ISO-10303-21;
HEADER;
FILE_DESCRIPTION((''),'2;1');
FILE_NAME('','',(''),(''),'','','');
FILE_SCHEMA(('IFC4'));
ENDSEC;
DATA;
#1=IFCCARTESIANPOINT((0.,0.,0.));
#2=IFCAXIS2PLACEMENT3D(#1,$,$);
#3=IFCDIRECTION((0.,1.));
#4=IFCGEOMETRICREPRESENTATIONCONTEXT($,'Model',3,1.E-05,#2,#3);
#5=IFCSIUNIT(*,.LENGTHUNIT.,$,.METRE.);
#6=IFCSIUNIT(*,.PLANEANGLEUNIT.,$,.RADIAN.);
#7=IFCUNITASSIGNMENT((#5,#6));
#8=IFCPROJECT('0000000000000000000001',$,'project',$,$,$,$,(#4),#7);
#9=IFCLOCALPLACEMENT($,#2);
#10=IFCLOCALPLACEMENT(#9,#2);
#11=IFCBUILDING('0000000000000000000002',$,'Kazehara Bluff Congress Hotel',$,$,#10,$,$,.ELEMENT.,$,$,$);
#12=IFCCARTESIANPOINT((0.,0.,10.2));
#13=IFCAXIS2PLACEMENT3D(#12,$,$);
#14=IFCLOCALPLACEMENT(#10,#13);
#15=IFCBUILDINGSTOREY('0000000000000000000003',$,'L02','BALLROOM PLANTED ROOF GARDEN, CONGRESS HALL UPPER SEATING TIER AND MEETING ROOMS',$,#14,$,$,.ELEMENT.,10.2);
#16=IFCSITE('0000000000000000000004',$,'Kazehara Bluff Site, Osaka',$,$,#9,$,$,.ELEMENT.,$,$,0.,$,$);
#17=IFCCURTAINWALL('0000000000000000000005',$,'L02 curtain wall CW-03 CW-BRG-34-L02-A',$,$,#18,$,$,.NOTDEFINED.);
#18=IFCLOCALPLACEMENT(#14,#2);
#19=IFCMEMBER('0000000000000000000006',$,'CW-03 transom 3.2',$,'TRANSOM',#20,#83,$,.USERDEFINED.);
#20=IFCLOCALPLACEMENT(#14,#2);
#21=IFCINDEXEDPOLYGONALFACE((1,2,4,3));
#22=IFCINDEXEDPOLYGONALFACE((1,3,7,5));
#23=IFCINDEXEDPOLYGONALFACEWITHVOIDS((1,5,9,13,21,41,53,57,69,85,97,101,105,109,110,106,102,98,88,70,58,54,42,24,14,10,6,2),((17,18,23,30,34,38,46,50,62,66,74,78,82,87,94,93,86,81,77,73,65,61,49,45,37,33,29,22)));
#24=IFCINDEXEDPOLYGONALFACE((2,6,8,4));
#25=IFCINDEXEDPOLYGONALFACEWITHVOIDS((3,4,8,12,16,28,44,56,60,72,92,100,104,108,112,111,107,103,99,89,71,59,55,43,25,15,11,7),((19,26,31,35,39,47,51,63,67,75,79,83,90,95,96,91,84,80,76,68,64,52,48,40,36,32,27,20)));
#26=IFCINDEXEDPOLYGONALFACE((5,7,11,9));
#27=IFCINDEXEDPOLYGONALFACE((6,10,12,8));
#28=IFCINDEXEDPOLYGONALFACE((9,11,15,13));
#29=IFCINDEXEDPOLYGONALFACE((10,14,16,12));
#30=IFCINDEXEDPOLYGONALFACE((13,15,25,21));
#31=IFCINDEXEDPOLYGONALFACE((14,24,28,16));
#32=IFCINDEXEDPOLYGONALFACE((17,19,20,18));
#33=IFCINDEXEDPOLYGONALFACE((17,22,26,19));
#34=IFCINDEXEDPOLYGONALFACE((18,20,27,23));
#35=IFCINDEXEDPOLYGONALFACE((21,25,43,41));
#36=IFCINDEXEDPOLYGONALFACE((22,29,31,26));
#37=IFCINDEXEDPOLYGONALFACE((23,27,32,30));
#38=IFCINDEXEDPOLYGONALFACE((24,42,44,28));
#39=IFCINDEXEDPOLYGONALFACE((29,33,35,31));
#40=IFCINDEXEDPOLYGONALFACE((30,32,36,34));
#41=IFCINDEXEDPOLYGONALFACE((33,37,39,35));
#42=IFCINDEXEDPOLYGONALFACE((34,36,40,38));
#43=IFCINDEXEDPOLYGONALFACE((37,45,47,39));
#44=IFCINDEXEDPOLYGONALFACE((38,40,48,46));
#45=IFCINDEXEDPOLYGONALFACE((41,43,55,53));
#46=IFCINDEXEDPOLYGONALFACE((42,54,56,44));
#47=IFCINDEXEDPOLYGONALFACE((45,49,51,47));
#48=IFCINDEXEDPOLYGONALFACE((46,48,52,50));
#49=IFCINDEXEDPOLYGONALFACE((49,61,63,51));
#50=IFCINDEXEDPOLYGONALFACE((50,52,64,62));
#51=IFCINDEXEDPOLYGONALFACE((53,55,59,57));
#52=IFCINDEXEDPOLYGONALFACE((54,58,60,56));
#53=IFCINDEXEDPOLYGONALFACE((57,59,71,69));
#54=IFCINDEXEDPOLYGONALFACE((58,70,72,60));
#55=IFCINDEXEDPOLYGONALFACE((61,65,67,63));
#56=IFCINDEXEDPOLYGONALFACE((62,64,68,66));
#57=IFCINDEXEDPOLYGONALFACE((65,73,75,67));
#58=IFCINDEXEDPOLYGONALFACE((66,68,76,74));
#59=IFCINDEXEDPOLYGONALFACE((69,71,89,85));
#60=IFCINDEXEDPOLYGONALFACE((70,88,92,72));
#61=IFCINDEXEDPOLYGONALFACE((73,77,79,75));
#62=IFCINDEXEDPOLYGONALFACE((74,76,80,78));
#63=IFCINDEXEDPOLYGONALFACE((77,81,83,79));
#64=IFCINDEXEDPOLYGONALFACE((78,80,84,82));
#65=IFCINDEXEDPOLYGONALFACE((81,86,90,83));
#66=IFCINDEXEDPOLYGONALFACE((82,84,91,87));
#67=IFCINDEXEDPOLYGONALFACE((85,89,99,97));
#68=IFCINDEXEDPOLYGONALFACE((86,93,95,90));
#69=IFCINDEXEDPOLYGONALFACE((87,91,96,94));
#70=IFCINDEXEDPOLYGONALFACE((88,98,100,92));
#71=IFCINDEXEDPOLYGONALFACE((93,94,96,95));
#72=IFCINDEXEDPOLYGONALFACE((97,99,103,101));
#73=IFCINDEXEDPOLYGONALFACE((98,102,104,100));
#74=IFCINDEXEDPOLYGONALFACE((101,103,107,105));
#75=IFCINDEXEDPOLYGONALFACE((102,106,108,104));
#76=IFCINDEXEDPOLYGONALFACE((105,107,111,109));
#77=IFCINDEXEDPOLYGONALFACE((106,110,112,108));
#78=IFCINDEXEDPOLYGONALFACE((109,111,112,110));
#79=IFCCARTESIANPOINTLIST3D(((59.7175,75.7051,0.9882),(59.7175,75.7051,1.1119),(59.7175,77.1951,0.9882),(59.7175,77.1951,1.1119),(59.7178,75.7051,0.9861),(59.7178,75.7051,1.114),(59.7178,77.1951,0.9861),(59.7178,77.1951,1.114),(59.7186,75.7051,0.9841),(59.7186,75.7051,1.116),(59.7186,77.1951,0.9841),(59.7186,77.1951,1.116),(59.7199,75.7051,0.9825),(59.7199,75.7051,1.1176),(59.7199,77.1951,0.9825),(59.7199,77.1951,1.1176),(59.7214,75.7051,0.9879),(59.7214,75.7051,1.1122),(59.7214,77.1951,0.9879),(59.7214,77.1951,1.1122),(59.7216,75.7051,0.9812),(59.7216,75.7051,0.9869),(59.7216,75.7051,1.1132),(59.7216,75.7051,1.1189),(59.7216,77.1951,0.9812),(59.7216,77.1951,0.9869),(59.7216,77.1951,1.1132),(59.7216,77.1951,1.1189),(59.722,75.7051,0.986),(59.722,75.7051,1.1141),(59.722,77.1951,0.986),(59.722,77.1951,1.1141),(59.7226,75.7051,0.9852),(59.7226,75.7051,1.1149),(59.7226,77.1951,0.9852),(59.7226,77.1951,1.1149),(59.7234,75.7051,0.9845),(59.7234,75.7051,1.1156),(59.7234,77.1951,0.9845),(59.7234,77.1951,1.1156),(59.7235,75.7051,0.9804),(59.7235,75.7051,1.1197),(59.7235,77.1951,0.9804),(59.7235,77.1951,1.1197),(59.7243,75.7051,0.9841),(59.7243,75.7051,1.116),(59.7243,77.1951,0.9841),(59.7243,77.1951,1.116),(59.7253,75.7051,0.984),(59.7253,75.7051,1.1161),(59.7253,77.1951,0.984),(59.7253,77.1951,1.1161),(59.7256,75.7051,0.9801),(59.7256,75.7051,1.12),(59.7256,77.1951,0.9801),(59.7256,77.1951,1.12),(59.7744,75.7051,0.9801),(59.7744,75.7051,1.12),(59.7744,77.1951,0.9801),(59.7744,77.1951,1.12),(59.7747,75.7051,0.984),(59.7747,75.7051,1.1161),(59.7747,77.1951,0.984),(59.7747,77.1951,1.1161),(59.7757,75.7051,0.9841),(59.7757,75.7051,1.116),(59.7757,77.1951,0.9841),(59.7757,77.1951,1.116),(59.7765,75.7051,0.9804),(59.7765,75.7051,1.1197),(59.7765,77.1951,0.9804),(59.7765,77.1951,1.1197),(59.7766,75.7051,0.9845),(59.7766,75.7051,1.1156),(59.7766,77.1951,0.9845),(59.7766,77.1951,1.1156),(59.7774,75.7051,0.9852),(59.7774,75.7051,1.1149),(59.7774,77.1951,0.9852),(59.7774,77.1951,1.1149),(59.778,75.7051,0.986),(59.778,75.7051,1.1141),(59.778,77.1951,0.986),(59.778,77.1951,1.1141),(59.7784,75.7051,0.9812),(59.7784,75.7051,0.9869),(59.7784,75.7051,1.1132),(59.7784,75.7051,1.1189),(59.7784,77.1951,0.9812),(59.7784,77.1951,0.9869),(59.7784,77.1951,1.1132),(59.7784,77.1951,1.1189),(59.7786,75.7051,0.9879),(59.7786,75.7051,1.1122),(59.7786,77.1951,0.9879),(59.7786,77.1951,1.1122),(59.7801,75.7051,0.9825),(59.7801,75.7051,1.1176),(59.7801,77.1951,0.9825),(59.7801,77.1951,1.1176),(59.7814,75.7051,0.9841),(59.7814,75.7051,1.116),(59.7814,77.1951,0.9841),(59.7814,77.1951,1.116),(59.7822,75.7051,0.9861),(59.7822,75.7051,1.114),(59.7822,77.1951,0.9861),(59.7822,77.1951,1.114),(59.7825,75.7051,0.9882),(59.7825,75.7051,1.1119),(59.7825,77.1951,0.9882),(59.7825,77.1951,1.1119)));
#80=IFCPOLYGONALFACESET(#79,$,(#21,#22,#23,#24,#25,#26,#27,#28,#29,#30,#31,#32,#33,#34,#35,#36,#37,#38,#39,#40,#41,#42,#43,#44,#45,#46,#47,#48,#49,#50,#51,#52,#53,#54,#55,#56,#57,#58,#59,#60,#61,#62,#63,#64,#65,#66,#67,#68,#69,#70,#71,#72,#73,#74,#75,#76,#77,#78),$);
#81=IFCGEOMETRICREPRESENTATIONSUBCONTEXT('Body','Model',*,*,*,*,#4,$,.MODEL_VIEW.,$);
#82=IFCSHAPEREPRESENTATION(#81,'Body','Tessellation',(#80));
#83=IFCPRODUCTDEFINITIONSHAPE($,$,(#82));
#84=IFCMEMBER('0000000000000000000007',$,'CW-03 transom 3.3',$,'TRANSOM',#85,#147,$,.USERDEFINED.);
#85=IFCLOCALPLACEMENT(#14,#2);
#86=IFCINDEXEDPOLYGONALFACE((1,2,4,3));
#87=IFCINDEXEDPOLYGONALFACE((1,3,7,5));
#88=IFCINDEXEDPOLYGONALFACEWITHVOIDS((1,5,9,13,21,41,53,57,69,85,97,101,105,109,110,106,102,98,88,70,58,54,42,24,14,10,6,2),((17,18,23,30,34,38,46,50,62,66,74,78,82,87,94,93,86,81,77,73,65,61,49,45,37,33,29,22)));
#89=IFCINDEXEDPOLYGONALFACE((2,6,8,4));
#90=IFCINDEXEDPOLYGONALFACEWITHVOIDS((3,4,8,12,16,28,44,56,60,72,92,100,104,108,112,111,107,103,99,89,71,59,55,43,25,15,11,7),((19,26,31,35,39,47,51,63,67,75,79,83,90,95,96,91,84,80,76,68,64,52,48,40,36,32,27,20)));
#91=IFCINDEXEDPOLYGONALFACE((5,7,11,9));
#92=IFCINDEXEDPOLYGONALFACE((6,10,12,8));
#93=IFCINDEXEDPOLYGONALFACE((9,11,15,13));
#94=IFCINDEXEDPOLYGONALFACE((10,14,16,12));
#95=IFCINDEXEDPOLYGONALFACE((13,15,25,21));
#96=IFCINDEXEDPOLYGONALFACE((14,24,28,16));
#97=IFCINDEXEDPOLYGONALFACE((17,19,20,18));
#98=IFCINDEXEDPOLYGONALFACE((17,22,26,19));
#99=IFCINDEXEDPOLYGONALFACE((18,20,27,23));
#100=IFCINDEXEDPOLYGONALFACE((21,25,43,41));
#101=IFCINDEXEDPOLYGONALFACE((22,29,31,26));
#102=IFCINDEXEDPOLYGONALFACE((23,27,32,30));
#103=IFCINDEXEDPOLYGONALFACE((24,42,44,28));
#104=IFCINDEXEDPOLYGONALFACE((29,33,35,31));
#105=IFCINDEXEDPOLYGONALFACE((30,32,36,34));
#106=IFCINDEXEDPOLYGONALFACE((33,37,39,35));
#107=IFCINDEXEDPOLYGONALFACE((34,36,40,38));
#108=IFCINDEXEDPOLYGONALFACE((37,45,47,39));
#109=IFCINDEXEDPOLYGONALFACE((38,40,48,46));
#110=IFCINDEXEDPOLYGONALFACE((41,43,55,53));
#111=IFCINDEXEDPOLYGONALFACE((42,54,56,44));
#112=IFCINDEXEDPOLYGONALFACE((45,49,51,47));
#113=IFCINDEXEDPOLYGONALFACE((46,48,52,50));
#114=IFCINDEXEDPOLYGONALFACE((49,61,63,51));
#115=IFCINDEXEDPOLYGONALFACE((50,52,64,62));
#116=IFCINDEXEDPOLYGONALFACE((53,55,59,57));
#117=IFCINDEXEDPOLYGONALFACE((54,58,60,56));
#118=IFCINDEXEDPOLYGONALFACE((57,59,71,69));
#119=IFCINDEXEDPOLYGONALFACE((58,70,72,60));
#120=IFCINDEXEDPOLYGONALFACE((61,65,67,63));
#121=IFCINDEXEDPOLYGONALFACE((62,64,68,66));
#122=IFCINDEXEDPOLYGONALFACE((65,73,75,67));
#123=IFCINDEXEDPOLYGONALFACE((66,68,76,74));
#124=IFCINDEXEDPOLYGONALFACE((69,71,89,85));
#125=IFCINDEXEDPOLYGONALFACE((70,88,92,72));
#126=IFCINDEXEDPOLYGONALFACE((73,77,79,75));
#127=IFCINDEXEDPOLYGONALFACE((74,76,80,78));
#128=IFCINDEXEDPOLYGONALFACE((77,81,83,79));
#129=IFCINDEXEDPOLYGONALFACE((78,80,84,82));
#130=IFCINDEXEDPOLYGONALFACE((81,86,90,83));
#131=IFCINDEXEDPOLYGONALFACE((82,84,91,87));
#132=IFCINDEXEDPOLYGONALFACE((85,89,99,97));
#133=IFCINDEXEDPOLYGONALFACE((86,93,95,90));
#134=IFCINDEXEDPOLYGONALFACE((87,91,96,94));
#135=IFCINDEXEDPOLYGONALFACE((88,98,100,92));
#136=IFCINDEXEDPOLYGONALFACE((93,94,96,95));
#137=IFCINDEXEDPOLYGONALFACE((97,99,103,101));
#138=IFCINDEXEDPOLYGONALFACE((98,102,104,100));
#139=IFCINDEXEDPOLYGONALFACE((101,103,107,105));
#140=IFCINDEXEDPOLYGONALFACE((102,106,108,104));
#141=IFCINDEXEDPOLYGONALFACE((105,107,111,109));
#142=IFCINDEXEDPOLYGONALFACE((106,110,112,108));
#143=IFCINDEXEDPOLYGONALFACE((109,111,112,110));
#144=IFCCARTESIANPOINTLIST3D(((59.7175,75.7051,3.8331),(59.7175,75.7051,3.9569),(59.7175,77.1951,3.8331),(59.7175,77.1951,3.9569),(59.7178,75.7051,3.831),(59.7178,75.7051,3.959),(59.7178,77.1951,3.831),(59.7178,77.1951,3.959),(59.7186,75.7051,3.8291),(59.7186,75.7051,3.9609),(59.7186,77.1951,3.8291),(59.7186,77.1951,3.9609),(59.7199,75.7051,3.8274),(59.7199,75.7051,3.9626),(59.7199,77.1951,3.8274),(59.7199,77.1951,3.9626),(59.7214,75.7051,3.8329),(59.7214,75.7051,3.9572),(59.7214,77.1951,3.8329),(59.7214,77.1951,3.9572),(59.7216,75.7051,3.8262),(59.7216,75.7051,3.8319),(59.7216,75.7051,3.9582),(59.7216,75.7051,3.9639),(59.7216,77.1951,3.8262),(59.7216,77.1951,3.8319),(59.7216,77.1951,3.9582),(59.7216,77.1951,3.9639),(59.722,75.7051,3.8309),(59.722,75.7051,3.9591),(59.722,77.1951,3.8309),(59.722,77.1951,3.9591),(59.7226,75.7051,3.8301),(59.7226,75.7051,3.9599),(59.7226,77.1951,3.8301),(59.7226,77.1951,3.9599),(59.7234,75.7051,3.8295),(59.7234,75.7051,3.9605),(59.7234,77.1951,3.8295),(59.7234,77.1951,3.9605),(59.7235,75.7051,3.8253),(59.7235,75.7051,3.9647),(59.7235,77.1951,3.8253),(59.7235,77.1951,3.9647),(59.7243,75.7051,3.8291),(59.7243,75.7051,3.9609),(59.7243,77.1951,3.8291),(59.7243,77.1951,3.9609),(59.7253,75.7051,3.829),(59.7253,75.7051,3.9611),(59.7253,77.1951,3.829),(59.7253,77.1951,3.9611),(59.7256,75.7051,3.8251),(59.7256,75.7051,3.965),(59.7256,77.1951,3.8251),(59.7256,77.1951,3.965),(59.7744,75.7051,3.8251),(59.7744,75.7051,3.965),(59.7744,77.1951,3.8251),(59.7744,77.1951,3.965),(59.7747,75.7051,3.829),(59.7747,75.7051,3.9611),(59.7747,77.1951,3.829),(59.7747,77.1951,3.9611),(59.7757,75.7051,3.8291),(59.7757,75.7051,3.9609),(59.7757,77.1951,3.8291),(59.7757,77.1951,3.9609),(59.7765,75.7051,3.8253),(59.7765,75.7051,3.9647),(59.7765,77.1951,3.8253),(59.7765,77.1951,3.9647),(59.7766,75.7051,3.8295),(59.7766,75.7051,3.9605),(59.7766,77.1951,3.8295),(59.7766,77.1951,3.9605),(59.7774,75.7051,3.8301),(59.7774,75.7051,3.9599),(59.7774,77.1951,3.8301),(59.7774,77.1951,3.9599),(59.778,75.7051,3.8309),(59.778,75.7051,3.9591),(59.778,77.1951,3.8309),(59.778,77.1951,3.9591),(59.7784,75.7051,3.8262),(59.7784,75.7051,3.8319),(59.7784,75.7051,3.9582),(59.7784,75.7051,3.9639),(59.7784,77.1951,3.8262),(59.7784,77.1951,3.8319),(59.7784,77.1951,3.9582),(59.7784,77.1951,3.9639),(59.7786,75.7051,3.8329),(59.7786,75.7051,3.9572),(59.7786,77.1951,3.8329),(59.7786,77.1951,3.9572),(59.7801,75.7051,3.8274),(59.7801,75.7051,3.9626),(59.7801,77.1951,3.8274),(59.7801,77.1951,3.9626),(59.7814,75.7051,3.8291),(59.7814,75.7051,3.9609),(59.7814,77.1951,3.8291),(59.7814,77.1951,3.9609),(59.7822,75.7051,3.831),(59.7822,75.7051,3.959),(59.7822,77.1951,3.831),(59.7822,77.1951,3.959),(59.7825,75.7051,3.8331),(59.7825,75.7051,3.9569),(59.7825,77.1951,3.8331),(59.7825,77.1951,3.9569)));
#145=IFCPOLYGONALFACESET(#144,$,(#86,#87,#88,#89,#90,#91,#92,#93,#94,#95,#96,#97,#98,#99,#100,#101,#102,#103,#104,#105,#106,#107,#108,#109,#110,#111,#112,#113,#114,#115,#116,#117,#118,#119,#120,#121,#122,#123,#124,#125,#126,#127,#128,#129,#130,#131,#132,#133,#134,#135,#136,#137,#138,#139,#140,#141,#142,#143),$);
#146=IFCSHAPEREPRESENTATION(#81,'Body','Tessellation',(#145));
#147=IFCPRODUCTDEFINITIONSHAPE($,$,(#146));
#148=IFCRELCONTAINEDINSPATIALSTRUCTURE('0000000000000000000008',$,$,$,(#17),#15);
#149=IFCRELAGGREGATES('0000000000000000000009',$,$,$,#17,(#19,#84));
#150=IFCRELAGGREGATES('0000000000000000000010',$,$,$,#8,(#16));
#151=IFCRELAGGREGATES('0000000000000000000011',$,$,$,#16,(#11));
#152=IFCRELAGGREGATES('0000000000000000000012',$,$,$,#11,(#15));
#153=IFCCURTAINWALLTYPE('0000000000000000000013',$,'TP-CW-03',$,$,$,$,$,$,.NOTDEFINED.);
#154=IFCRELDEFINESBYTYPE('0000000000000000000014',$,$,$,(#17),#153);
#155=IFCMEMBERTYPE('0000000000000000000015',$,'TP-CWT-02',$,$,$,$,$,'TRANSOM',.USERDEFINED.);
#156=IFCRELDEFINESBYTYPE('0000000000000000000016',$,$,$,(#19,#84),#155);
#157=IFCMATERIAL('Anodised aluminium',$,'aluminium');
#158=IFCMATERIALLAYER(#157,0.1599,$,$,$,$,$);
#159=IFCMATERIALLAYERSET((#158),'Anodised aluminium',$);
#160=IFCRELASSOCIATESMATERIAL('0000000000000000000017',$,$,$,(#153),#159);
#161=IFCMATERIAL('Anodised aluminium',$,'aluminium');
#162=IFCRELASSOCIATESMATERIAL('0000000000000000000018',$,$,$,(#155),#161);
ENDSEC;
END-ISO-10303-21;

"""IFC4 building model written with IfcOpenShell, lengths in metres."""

from ifc_helpers import new_model, si_unit, direction, frame, origin, origin_2d, place, context, subcontext, project, spatial, hollow_rectangle, extrude, material, layer, layer_set, material_profile, profile_set, type_object, element, aggregate, save


model = new_model("IFC4")

# Units and contexts
model_context = context("Model", 3, precision=1e-05, world=origin(), true_north=direction((0.0, 1.0)))
body_context = subcontext(model_context, "Body", "Model", "MODEL_VIEW")
ifc_project = project(units=[si_unit("LENGTHUNIT", "METRE"), si_unit("PLANEANGLEUNIT", "RADIAN")], contexts=[model_context])

# Site, building, storey
site_placement = place(None, origin())
site = spatial("IfcSite", under=ifc_project, at=site_placement, Name="Kazehara Bluff Site, Osaka", CompositionType="ELEMENT", RefElevation=0.0)
building_placement = place(site_placement, origin())
building = spatial("IfcBuilding", under=site, at=building_placement, Name="Kazehara Bluff Congress Hotel", CompositionType="ELEMENT")
storey_placement = place(building_placement, frame((0.0, 0.0, 10.2)))
storey = spatial("IfcBuildingStorey", under=building, at=storey_placement, Name="L02", Description="BALLROOM PLANTED ROOF GARDEN, CONGRESS HALL UPPER SEATING TIER AND MEETING ROOMS", CompositionType="ELEMENT", Elevation=10.2)

# Curtain wall
ifc_material_1 = material(Name="Anodised aluminium", Category="aluminium")
ifc_layer_1 = layer(ifc_material_1, 0.1599)
ifc_layer_set_1 = layer_set([ifc_layer_1], Name="Anodised aluminium")
curtain_wall_type = type_object("IfcCurtainWallType", Name="TP-CW-03", PredefinedType="NOTDEFINED", material=ifc_layer_set_1)
curtain_wall_1_placement = place(storey_placement, origin())
curtain_wall_1 = element("IfcCurtainWall", 1, at=curtain_wall_1_placement, inside=storey, type_object=curtain_wall_type, Name="L02 curtain wall CW-03 CW-BRG-34-L02-A", PredefinedType="NOTDEFINED")

# Members
ifc_material_2 = material(Name="Anodised aluminium", Category="aluminium")
ifc_material_profile_1 = material_profile(ifc_material_2, hollow_rectangle(XDim=0.0649, YDim=0.1399, WallThickness=0.0039, InnerFilletRadius=0.0039, OuterFilletRadius=0.0081, at=origin_2d()))
ifc_profile_set_1 = profile_set([ifc_material_profile_1], Name="Anodised aluminium")
member_type_1 = type_object("IfcMemberType", Name="TP-CWT-02", ElementType="TRANSOM", PredefinedType="USERDEFINED", material=ifc_profile_set_1)
member_1_placement = place(storey_placement, frame((59.75, 75.7051, 1.05), z_axis=(0.0, 1.0, 0.0), x_axis=(-1.0, 0.0, 0.0)))
member_1 = element("IfcMember", 2, at=member_1_placement, type_object=member_type_1, Name="CW-03 transom 3.2", ObjectType="TRANSOM", PredefinedType="USERDEFINED", context=body_context, shape_type="SweptSolid", body=[
    extrude(hollow_rectangle(XDim=0.0649, YDim=0.1399, WallThickness=0.0039, InnerFilletRadius=0.0039, OuterFilletRadius=0.0081, at=origin_2d()), origin(), (0.0, 0.0, 1.0), 1.49),
])
member_2_placement = place(storey_placement, frame((59.75, 75.7051, 3.895), z_axis=(0.0, 1.0, 0.0), x_axis=(-1.0, 0.0, 0.0)))
member_2 = element("IfcMember", 3, at=member_2_placement, type_object=member_type_1, Name="CW-03 transom 3.3", ObjectType="TRANSOM", PredefinedType="USERDEFINED", context=body_context, shape_type="SweptSolid", body=[
    extrude(hollow_rectangle(XDim=0.0649, YDim=0.1399, WallThickness=0.0039, InnerFilletRadius=0.0039, OuterFilletRadius=0.0081, at=origin_2d()), origin(), (0.0, 0.0, 1.0), 1.49),
])

aggregate(curtain_wall_1, [member_1, member_2])

save(model, "model.ifc")
